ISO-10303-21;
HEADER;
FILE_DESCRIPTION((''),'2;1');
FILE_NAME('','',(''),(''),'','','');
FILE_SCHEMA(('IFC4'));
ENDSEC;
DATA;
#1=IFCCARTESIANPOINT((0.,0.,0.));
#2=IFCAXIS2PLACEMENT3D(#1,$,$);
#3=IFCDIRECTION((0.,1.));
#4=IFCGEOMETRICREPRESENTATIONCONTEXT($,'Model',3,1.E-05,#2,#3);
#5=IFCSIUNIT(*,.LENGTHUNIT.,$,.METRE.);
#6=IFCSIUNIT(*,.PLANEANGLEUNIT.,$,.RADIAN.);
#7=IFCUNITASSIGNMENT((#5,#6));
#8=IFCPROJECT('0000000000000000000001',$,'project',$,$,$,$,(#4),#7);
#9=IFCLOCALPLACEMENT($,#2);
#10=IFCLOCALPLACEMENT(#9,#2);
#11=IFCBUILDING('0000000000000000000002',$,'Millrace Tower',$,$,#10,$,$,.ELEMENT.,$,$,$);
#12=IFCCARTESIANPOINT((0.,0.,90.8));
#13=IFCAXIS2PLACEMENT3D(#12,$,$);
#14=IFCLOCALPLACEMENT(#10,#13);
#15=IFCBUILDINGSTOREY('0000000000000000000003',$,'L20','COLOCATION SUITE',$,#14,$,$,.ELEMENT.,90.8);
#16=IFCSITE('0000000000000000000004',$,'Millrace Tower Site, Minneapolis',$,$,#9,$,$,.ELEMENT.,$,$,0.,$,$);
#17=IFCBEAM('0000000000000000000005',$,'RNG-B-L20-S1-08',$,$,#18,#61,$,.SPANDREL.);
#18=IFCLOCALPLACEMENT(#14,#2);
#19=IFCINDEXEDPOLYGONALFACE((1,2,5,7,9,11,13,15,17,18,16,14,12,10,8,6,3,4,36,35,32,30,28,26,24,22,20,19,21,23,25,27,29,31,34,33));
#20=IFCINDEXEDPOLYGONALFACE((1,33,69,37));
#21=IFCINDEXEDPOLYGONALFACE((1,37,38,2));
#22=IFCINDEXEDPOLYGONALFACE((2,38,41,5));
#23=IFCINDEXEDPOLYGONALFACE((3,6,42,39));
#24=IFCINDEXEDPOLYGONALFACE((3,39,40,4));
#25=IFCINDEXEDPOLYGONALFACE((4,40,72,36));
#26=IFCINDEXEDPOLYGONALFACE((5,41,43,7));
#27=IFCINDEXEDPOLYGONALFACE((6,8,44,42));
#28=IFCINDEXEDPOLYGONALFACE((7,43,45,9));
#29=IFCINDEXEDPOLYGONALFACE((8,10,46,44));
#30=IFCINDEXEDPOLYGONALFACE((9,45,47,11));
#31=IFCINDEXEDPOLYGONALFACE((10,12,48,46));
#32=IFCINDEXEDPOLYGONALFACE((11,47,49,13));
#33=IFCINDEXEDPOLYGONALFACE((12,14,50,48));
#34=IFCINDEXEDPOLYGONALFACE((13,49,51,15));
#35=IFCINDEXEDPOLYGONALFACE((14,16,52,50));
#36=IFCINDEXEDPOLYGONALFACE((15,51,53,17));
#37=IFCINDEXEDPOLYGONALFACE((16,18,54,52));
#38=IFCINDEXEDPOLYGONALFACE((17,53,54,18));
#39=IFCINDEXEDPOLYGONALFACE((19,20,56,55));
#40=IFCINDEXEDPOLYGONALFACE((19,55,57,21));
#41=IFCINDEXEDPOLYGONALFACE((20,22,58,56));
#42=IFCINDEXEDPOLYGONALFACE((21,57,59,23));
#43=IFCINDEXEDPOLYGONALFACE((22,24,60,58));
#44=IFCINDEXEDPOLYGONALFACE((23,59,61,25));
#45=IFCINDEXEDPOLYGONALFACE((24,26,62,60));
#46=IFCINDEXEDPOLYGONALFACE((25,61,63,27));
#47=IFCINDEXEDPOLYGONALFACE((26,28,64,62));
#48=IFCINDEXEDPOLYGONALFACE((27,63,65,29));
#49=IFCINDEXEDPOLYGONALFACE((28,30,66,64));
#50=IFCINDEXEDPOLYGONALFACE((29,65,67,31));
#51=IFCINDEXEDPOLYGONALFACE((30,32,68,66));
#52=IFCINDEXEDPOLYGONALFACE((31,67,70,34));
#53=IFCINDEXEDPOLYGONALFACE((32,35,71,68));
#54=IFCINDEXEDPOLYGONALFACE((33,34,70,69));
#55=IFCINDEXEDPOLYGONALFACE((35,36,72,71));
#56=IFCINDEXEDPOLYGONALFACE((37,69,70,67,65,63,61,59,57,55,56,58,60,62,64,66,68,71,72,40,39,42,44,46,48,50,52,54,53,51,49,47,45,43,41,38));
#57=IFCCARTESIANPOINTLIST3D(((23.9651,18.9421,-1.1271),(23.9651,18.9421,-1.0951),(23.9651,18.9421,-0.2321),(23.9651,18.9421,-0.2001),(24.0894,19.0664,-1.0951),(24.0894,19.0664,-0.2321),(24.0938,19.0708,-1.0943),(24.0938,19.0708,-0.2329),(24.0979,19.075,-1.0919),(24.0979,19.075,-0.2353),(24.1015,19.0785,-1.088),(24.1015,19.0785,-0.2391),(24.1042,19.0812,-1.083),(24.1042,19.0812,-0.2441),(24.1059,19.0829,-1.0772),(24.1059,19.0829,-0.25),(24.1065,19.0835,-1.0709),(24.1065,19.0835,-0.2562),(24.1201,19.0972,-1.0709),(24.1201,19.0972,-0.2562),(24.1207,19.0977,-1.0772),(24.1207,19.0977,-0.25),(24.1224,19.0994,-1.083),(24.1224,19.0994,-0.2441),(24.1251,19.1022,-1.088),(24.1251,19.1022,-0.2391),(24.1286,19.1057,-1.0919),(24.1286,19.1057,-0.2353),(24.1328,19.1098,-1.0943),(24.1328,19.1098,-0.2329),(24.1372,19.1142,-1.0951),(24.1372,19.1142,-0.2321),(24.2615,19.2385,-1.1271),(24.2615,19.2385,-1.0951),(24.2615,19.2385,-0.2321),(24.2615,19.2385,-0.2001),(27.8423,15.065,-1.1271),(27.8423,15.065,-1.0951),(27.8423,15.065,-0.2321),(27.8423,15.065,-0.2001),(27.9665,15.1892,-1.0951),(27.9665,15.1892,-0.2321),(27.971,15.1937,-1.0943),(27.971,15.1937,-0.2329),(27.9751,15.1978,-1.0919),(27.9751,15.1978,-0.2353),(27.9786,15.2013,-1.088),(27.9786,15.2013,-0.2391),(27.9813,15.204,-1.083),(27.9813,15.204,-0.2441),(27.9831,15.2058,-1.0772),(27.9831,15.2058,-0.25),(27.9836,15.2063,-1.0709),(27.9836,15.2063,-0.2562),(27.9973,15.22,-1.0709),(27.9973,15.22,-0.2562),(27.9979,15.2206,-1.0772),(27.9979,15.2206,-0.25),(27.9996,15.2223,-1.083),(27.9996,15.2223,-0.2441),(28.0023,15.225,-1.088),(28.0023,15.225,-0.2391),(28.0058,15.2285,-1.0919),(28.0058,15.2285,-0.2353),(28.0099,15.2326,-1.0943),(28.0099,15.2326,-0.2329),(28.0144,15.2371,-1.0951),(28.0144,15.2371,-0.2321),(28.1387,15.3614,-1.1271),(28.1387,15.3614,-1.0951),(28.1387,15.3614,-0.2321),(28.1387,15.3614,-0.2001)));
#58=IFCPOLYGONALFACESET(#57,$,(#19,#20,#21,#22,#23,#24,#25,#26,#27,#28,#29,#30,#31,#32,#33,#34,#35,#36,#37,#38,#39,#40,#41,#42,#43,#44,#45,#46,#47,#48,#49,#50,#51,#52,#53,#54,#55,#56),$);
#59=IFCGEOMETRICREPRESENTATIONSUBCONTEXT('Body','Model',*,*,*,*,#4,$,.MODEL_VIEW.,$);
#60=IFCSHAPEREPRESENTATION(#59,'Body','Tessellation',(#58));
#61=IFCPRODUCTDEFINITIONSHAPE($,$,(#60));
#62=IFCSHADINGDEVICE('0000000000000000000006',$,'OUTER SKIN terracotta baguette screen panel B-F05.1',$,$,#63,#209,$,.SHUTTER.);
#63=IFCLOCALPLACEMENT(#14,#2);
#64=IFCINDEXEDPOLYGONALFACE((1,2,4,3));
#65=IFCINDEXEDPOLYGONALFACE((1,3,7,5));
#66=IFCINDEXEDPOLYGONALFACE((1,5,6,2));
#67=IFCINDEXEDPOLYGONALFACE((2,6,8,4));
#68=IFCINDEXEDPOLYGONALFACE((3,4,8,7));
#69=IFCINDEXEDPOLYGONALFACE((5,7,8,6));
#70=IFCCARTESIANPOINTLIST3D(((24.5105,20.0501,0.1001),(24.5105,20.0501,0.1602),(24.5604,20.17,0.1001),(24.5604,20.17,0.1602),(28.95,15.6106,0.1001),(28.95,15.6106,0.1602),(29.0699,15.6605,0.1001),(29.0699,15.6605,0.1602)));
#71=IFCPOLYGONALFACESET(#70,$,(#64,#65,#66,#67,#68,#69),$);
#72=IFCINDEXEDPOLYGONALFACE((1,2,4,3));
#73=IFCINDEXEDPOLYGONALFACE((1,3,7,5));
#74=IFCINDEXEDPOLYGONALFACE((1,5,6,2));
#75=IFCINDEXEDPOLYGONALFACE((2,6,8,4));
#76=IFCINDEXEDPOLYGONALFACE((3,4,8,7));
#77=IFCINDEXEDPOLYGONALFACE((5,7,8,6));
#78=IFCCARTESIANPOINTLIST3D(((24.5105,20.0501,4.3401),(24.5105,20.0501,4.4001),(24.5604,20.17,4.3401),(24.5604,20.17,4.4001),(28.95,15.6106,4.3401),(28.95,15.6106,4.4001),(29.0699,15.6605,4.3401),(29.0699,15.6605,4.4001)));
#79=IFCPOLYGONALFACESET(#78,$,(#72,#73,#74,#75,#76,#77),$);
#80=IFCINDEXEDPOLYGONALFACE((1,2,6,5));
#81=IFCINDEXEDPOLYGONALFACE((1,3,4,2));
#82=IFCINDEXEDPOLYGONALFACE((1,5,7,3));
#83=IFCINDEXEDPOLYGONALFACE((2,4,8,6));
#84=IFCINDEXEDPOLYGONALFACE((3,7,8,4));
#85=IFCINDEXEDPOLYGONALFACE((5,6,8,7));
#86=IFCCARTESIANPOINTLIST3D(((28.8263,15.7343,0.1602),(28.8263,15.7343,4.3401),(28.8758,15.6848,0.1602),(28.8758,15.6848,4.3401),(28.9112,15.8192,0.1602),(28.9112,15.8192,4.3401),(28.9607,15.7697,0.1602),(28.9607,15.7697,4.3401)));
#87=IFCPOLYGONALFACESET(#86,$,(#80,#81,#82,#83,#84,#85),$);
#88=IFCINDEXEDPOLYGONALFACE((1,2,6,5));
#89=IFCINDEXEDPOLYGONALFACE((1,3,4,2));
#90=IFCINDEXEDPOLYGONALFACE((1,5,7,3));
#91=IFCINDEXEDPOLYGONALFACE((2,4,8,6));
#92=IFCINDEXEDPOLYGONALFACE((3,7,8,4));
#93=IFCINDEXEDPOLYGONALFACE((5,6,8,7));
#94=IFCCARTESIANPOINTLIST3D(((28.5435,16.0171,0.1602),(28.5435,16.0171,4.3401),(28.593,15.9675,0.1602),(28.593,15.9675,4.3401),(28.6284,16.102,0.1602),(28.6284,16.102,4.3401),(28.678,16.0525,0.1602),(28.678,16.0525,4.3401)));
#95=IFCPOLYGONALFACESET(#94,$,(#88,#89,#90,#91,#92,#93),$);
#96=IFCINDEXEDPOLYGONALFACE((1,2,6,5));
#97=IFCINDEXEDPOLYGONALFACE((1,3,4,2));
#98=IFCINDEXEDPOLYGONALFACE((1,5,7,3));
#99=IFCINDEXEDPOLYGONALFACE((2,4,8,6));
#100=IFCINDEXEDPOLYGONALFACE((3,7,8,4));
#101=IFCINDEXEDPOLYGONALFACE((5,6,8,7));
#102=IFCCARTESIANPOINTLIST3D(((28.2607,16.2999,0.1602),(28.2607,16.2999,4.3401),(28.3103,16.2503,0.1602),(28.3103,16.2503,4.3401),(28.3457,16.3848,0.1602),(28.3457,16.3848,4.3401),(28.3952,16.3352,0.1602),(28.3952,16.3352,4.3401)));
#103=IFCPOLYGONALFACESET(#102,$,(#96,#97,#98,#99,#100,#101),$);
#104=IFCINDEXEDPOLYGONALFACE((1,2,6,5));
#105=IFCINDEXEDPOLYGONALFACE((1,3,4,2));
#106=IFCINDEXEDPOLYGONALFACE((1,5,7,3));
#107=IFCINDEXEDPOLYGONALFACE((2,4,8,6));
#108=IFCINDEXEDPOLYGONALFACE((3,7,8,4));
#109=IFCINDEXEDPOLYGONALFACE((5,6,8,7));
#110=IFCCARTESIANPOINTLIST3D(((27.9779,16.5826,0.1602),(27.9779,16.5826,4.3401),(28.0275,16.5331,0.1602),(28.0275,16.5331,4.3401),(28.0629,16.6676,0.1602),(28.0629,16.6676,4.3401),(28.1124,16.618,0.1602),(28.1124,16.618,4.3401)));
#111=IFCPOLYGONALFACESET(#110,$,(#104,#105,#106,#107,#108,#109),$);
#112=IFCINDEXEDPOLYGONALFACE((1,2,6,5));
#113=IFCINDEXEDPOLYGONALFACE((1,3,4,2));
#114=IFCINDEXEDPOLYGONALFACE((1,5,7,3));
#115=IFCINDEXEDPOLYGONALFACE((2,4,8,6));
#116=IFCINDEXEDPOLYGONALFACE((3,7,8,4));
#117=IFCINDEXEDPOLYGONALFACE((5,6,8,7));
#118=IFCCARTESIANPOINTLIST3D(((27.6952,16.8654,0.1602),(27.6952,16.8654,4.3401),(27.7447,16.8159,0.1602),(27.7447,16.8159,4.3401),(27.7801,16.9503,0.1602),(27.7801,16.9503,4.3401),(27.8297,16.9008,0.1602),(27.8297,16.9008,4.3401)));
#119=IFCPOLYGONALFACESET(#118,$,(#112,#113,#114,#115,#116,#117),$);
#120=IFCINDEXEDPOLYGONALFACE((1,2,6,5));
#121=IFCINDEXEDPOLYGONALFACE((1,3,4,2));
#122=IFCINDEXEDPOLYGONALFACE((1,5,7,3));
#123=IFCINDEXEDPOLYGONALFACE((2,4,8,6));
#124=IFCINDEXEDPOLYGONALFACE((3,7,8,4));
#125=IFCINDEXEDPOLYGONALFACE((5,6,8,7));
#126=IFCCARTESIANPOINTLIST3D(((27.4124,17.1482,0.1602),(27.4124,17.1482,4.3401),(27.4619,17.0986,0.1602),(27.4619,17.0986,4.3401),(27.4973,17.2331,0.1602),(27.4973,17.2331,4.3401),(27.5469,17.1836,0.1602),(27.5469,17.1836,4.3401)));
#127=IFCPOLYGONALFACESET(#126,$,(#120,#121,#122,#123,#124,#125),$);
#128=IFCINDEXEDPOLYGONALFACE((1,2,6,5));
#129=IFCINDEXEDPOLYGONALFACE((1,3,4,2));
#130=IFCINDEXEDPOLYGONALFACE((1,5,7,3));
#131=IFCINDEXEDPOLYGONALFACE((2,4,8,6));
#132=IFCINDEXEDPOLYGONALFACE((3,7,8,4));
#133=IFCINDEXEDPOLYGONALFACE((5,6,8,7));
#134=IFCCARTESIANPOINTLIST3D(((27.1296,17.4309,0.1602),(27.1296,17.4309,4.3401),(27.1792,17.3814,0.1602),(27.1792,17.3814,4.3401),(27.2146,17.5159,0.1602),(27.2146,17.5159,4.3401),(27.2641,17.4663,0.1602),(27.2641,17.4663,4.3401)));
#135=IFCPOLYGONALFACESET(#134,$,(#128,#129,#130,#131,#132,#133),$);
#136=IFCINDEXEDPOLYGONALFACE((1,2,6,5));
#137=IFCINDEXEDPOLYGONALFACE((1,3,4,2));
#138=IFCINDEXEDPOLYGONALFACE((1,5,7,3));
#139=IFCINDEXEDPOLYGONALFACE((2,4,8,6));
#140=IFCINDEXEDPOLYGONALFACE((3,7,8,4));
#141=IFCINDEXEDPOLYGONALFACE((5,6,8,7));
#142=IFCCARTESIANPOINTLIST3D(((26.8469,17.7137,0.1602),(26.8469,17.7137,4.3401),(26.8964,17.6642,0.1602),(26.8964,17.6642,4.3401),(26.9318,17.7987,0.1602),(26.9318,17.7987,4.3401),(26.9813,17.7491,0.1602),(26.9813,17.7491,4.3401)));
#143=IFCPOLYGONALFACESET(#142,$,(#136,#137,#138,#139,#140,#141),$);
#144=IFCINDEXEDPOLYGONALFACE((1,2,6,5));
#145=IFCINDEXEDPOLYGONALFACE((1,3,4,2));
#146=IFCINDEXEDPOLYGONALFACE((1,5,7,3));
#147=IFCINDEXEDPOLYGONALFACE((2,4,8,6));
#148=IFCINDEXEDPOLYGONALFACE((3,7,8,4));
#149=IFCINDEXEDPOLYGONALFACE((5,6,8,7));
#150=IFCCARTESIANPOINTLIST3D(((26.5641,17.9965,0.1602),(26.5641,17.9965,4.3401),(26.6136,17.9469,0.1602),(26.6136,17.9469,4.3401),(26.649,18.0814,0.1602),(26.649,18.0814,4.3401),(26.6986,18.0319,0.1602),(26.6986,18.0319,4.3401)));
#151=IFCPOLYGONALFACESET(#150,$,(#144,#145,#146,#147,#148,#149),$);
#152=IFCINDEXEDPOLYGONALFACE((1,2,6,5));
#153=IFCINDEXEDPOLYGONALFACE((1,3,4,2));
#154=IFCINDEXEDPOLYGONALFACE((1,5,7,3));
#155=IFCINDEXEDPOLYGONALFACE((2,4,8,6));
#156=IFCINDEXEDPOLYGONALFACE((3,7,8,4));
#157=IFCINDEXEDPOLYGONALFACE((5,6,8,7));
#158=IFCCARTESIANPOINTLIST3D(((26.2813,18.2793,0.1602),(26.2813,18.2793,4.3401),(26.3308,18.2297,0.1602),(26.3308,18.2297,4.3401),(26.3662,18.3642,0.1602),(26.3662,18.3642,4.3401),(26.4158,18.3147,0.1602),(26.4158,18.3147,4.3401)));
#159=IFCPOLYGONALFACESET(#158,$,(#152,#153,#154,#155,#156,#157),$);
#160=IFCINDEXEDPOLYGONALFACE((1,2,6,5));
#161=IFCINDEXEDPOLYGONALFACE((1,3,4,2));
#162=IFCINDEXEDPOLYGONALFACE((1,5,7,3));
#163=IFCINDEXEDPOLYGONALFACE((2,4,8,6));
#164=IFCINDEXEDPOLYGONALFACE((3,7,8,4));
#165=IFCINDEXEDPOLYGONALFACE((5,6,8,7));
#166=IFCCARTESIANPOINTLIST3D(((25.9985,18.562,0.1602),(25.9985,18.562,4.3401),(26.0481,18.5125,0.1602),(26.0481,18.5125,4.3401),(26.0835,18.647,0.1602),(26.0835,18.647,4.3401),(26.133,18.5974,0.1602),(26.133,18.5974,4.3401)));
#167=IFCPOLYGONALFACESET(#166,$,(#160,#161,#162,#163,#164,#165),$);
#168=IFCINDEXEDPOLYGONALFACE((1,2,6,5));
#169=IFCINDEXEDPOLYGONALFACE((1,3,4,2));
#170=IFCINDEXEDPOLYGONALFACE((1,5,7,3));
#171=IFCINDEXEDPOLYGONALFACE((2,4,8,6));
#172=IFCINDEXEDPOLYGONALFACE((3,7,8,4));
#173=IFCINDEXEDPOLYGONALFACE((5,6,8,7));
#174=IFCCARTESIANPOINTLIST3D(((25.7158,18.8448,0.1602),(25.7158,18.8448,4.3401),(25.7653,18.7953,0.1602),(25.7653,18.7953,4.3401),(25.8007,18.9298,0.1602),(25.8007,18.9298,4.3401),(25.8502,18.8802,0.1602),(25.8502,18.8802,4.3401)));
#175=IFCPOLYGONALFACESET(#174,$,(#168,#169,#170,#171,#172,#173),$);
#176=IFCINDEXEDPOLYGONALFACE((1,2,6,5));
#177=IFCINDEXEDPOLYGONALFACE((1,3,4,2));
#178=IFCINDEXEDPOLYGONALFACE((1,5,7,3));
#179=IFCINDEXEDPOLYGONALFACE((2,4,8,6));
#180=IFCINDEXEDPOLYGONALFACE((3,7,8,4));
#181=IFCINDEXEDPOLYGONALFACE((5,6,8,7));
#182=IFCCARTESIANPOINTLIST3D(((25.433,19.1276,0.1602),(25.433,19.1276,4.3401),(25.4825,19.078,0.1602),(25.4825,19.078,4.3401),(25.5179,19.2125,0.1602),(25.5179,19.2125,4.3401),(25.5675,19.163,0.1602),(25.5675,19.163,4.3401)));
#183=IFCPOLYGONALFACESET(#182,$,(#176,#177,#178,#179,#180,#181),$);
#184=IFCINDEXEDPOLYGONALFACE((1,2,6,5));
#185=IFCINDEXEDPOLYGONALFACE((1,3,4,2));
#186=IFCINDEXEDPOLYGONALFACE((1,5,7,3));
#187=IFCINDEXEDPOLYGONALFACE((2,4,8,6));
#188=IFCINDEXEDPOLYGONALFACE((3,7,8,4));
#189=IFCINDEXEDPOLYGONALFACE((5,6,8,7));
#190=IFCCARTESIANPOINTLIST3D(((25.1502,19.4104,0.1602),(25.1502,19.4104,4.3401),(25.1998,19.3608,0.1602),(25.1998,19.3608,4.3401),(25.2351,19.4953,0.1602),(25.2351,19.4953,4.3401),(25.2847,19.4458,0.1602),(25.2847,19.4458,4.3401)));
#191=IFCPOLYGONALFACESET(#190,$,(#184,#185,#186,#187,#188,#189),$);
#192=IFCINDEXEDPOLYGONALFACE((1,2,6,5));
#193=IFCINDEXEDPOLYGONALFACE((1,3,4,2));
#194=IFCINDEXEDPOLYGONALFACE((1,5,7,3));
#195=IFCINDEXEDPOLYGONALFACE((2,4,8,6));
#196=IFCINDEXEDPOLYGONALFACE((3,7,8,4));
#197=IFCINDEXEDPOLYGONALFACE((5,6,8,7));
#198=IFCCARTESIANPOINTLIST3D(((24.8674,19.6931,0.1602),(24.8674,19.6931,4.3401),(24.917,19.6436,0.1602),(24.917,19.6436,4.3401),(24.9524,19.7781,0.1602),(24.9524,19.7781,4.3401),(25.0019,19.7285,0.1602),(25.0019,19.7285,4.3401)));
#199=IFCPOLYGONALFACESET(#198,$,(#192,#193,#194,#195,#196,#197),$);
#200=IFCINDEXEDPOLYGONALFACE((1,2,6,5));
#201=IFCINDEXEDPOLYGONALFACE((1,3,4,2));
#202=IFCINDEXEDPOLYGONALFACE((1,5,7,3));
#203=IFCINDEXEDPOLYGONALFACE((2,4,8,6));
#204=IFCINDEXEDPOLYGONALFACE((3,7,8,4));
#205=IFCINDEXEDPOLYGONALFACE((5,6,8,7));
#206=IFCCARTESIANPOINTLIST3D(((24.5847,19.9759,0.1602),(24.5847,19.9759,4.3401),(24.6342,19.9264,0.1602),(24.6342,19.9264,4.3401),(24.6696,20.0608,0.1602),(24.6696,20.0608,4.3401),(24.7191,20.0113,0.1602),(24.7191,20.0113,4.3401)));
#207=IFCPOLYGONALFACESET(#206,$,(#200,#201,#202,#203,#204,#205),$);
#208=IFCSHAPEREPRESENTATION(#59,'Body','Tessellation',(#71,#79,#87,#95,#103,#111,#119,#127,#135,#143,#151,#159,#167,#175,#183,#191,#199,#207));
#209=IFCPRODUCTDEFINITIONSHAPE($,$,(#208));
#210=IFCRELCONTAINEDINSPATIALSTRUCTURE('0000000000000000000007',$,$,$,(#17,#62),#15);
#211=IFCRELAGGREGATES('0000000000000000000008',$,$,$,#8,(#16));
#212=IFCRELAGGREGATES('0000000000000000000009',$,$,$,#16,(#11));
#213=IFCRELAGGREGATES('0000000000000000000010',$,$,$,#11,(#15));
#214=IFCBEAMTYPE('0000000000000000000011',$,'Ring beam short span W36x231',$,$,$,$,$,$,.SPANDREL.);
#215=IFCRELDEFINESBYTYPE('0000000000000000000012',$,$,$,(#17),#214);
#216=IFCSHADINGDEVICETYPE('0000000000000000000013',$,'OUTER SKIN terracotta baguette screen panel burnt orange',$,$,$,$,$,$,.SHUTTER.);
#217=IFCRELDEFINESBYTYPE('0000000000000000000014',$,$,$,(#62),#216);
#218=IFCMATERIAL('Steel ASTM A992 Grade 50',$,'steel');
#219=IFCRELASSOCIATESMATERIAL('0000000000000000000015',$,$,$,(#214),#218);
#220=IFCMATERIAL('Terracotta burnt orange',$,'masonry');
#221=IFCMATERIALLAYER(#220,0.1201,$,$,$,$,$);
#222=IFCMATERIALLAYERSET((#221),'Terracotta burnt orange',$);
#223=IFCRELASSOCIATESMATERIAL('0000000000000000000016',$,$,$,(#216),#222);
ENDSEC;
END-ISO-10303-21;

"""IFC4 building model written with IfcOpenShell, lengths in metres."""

from ifc_helpers import new_model, entity, si_unit, direction, frame, frame_2d, origin, origin_2d, place, context, subcontext, project, spatial, rectangle, i_section, extrude, source, transform, mapped, material, layer, layer_set, material_profile, profile_set, type_object, element, save


model = new_model("IFC4")

# Units and contexts
model_context = context("Model", 3, precision=1e-05, world=origin(), true_north=direction((0.0, 1.0)))
body_context = subcontext(model_context, "Body", "Model", "MODEL_VIEW")
ifc_project = project(units=[si_unit("LENGTHUNIT", "METRE"), si_unit("PLANEANGLEUNIT", "RADIAN")], contexts=[model_context])

# Site, building, storey
site_placement = place(None, origin())
site = spatial("IfcSite", under=ifc_project, at=site_placement, Name="Millrace Tower Site, Minneapolis", CompositionType="ELEMENT", RefElevation=0.0)
building_placement = place(site_placement, origin())
building = spatial("IfcBuilding", under=site, at=building_placement, Name="Millrace Tower", CompositionType="ELEMENT")
storey_placement = place(building_placement, frame((0.0, 0.0, 90.8)))
storey = spatial("IfcBuildingStorey", under=building, at=storey_placement, Name="L20", Description="COLOCATION SUITE", CompositionType="ELEMENT", Elevation=90.8)

# Beam
ifc_material_1 = material(Name="Steel ASTM A992 Grade 50", Category="steel")
ifc_material_profile_1 = material_profile(ifc_material_1, i_section(OverallWidth=0.4192, OverallDepth=0.927, WebThickness=0.0193, FlangeThickness=0.032, FilletRadius=0.0242, at=origin_2d()))
ifc_profile_set_1 = profile_set([ifc_material_profile_1], Name="Steel ASTM A992 Grade 50")
beam_type_1 = type_object("IfcBeamType", Name="Ring beam short span W36x231", PredefinedType="SPANDREL", material=ifc_profile_set_1)
beam_1_placement = place(storey_placement, frame((24.1133, 19.0903, -0.6636), z_axis=(0.707107, -0.707107, 0.0), x_axis=(0.707107, 0.707107, 0.0)))
element("IfcBeam", 1, at=beam_1_placement, inside=storey, type_object=beam_type_1, Name="RNG-B-L20-S1-08", PredefinedType="SPANDREL", context=body_context, shape_type="SweptSolid", body=[
    extrude(i_section(OverallWidth=0.4192, OverallDepth=0.927, WebThickness=0.0193, FlangeThickness=0.032, FilletRadius=0.0242, at=origin_2d()), origin(), (0.0, 0.0, 1.0), 5.4832),
])

# Shading device
ifc_material_2 = material(Name="Terracotta burnt orange", Category="masonry")
ifc_layer_1 = layer(ifc_material_2, 0.1201)
ifc_layer_set_1 = layer_set([ifc_layer_1], Name="Terracotta burnt orange")
shading_device_type = type_object("IfcShadingDeviceType", Name="OUTER SKIN terracotta baguette screen panel burnt orange", PredefinedType="SHUTTER", material=ifc_layer_set_1)
cartesian_point_1 = entity("IfcCartesianPoint", [-3.1392, 0.0601])
shared_polyline_1 = entity("IfcPolyline", [cartesian_point_1, entity("IfcCartesianPoint", [3.1392, 0.0601]), entity("IfcCartesianPoint", [3.1887, -0.0601]), entity("IfcCartesianPoint", [-3.1887, -0.0601]), cartesian_point_1])
shared_shape_1 = source(origin(), body_context, "Body", "SweptSolid", [
    entity("IfcExtrudedAreaSolid", entity("IfcArbitraryClosedProfileDef", "AREA", None, shared_polyline_1), entity("IfcAxis2Placement3D", entity("IfcCartesianPoint", [0.0, 0.0, 0.0])), entity("IfcDirection", [0.0, 0.0, 1.0]), 0.0601),
    entity("IfcExtrudedAreaSolid", entity("IfcArbitraryClosedProfileDef", "AREA", None, shared_polyline_1), entity("IfcAxis2Placement3D", entity("IfcCartesianPoint", [0.0, 0.0, 4.24])), entity("IfcDirection", [0.0, 0.0, 1.0]), 0.0601),
    extrude(rectangle(XDim=0.0701, YDim=0.1201, at=frame_2d((-2.9993, 0.0))), frame((0.0, 0.0, 0.0601)), (0.0, 0.0, 1.0), 4.1799),
    extrude(rectangle(XDim=0.0701, YDim=0.1201, at=frame_2d((-2.5994, 0.0))), frame((0.0, 0.0, 0.0601)), (0.0, 0.0, 1.0), 4.1799),
    extrude(rectangle(XDim=0.0701, YDim=0.1201, at=frame_2d((-2.1995, 0.0))), frame((0.0, 0.0, 0.0601)), (0.0, 0.0, 1.0), 4.1799),
    extrude(rectangle(XDim=0.0701, YDim=0.1201, at=frame_2d((-1.7996, 0.0))), frame((0.0, 0.0, 0.0601)), (0.0, 0.0, 1.0), 4.1799),
    extrude(rectangle(XDim=0.0701, YDim=0.1201, at=frame_2d((-1.3997, 0.0))), frame((0.0, 0.0, 0.0601)), (0.0, 0.0, 1.0), 4.1799),
    extrude(rectangle(XDim=0.0701, YDim=0.1201, at=frame_2d((-0.9998, 0.0))), frame((0.0, 0.0, 0.0601)), (0.0, 0.0, 1.0), 4.1799),
    extrude(rectangle(XDim=0.0701, YDim=0.1201, at=frame_2d((-0.5999, 0.0))), frame((0.0, 0.0, 0.0601)), (0.0, 0.0, 1.0), 4.1799),
    extrude(rectangle(XDim=0.0701, YDim=0.1201, at=frame_2d((-0.2, 0.0))), frame((0.0, 0.0, 0.0601)), (0.0, 0.0, 1.0), 4.1799),
    extrude(rectangle(XDim=0.0701, YDim=0.1201, at=frame_2d((0.2, 0.0))), frame((0.0, 0.0, 0.0601)), (0.0, 0.0, 1.0), 4.1799),
    extrude(rectangle(XDim=0.0701, YDim=0.1201, at=frame_2d((0.5999, 0.0))), frame((0.0, 0.0, 0.0601)), (0.0, 0.0, 1.0), 4.1799),
    extrude(rectangle(XDim=0.0701, YDim=0.1201, at=frame_2d((0.9998, 0.0))), frame((0.0, 0.0, 0.0601)), (0.0, 0.0, 1.0), 4.1799),
    extrude(rectangle(XDim=0.0701, YDim=0.1201, at=frame_2d((1.3997, 0.0))), frame((0.0, 0.0, 0.0601)), (0.0, 0.0, 1.0), 4.1799),
    extrude(rectangle(XDim=0.0701, YDim=0.1201, at=frame_2d((1.7996, 0.0))), frame((0.0, 0.0, 0.0601)), (0.0, 0.0, 1.0), 4.1799),
    extrude(rectangle(XDim=0.0701, YDim=0.1201, at=frame_2d((2.1995, 0.0))), frame((0.0, 0.0, 0.0601)), (0.0, 0.0, 1.0), 4.1799),
    extrude(rectangle(XDim=0.0701, YDim=0.1201, at=frame_2d((2.5994, 0.0))), frame((0.0, 0.0, 0.0601)), (0.0, 0.0, 1.0), 4.1799),
    extrude(rectangle(XDim=0.0701, YDim=0.1201, at=frame_2d((2.9993, 0.0))), frame((0.0, 0.0, 0.0601)), (0.0, 0.0, 1.0), 4.1799),
])
shading_device_1_placement = place(storey_placement, frame((26.7727, 17.8728, 0.1001), z_axis=(0.0, 0.0, 1.0), x_axis=(-0.707107, 0.707107, 0.0)))
element("IfcShadingDevice", 2, at=shading_device_1_placement, inside=storey, type_object=shading_device_type, Name="OUTER SKIN terracotta baguette screen panel B-F05.1", PredefinedType="SHUTTER", context=body_context, shape_type="MappedRepresentation", body=[
    mapped(shared_shape_1, transform((0.0, 0.0, 0.0), scale=1.0)),
])

save(model, "model.ifc")
